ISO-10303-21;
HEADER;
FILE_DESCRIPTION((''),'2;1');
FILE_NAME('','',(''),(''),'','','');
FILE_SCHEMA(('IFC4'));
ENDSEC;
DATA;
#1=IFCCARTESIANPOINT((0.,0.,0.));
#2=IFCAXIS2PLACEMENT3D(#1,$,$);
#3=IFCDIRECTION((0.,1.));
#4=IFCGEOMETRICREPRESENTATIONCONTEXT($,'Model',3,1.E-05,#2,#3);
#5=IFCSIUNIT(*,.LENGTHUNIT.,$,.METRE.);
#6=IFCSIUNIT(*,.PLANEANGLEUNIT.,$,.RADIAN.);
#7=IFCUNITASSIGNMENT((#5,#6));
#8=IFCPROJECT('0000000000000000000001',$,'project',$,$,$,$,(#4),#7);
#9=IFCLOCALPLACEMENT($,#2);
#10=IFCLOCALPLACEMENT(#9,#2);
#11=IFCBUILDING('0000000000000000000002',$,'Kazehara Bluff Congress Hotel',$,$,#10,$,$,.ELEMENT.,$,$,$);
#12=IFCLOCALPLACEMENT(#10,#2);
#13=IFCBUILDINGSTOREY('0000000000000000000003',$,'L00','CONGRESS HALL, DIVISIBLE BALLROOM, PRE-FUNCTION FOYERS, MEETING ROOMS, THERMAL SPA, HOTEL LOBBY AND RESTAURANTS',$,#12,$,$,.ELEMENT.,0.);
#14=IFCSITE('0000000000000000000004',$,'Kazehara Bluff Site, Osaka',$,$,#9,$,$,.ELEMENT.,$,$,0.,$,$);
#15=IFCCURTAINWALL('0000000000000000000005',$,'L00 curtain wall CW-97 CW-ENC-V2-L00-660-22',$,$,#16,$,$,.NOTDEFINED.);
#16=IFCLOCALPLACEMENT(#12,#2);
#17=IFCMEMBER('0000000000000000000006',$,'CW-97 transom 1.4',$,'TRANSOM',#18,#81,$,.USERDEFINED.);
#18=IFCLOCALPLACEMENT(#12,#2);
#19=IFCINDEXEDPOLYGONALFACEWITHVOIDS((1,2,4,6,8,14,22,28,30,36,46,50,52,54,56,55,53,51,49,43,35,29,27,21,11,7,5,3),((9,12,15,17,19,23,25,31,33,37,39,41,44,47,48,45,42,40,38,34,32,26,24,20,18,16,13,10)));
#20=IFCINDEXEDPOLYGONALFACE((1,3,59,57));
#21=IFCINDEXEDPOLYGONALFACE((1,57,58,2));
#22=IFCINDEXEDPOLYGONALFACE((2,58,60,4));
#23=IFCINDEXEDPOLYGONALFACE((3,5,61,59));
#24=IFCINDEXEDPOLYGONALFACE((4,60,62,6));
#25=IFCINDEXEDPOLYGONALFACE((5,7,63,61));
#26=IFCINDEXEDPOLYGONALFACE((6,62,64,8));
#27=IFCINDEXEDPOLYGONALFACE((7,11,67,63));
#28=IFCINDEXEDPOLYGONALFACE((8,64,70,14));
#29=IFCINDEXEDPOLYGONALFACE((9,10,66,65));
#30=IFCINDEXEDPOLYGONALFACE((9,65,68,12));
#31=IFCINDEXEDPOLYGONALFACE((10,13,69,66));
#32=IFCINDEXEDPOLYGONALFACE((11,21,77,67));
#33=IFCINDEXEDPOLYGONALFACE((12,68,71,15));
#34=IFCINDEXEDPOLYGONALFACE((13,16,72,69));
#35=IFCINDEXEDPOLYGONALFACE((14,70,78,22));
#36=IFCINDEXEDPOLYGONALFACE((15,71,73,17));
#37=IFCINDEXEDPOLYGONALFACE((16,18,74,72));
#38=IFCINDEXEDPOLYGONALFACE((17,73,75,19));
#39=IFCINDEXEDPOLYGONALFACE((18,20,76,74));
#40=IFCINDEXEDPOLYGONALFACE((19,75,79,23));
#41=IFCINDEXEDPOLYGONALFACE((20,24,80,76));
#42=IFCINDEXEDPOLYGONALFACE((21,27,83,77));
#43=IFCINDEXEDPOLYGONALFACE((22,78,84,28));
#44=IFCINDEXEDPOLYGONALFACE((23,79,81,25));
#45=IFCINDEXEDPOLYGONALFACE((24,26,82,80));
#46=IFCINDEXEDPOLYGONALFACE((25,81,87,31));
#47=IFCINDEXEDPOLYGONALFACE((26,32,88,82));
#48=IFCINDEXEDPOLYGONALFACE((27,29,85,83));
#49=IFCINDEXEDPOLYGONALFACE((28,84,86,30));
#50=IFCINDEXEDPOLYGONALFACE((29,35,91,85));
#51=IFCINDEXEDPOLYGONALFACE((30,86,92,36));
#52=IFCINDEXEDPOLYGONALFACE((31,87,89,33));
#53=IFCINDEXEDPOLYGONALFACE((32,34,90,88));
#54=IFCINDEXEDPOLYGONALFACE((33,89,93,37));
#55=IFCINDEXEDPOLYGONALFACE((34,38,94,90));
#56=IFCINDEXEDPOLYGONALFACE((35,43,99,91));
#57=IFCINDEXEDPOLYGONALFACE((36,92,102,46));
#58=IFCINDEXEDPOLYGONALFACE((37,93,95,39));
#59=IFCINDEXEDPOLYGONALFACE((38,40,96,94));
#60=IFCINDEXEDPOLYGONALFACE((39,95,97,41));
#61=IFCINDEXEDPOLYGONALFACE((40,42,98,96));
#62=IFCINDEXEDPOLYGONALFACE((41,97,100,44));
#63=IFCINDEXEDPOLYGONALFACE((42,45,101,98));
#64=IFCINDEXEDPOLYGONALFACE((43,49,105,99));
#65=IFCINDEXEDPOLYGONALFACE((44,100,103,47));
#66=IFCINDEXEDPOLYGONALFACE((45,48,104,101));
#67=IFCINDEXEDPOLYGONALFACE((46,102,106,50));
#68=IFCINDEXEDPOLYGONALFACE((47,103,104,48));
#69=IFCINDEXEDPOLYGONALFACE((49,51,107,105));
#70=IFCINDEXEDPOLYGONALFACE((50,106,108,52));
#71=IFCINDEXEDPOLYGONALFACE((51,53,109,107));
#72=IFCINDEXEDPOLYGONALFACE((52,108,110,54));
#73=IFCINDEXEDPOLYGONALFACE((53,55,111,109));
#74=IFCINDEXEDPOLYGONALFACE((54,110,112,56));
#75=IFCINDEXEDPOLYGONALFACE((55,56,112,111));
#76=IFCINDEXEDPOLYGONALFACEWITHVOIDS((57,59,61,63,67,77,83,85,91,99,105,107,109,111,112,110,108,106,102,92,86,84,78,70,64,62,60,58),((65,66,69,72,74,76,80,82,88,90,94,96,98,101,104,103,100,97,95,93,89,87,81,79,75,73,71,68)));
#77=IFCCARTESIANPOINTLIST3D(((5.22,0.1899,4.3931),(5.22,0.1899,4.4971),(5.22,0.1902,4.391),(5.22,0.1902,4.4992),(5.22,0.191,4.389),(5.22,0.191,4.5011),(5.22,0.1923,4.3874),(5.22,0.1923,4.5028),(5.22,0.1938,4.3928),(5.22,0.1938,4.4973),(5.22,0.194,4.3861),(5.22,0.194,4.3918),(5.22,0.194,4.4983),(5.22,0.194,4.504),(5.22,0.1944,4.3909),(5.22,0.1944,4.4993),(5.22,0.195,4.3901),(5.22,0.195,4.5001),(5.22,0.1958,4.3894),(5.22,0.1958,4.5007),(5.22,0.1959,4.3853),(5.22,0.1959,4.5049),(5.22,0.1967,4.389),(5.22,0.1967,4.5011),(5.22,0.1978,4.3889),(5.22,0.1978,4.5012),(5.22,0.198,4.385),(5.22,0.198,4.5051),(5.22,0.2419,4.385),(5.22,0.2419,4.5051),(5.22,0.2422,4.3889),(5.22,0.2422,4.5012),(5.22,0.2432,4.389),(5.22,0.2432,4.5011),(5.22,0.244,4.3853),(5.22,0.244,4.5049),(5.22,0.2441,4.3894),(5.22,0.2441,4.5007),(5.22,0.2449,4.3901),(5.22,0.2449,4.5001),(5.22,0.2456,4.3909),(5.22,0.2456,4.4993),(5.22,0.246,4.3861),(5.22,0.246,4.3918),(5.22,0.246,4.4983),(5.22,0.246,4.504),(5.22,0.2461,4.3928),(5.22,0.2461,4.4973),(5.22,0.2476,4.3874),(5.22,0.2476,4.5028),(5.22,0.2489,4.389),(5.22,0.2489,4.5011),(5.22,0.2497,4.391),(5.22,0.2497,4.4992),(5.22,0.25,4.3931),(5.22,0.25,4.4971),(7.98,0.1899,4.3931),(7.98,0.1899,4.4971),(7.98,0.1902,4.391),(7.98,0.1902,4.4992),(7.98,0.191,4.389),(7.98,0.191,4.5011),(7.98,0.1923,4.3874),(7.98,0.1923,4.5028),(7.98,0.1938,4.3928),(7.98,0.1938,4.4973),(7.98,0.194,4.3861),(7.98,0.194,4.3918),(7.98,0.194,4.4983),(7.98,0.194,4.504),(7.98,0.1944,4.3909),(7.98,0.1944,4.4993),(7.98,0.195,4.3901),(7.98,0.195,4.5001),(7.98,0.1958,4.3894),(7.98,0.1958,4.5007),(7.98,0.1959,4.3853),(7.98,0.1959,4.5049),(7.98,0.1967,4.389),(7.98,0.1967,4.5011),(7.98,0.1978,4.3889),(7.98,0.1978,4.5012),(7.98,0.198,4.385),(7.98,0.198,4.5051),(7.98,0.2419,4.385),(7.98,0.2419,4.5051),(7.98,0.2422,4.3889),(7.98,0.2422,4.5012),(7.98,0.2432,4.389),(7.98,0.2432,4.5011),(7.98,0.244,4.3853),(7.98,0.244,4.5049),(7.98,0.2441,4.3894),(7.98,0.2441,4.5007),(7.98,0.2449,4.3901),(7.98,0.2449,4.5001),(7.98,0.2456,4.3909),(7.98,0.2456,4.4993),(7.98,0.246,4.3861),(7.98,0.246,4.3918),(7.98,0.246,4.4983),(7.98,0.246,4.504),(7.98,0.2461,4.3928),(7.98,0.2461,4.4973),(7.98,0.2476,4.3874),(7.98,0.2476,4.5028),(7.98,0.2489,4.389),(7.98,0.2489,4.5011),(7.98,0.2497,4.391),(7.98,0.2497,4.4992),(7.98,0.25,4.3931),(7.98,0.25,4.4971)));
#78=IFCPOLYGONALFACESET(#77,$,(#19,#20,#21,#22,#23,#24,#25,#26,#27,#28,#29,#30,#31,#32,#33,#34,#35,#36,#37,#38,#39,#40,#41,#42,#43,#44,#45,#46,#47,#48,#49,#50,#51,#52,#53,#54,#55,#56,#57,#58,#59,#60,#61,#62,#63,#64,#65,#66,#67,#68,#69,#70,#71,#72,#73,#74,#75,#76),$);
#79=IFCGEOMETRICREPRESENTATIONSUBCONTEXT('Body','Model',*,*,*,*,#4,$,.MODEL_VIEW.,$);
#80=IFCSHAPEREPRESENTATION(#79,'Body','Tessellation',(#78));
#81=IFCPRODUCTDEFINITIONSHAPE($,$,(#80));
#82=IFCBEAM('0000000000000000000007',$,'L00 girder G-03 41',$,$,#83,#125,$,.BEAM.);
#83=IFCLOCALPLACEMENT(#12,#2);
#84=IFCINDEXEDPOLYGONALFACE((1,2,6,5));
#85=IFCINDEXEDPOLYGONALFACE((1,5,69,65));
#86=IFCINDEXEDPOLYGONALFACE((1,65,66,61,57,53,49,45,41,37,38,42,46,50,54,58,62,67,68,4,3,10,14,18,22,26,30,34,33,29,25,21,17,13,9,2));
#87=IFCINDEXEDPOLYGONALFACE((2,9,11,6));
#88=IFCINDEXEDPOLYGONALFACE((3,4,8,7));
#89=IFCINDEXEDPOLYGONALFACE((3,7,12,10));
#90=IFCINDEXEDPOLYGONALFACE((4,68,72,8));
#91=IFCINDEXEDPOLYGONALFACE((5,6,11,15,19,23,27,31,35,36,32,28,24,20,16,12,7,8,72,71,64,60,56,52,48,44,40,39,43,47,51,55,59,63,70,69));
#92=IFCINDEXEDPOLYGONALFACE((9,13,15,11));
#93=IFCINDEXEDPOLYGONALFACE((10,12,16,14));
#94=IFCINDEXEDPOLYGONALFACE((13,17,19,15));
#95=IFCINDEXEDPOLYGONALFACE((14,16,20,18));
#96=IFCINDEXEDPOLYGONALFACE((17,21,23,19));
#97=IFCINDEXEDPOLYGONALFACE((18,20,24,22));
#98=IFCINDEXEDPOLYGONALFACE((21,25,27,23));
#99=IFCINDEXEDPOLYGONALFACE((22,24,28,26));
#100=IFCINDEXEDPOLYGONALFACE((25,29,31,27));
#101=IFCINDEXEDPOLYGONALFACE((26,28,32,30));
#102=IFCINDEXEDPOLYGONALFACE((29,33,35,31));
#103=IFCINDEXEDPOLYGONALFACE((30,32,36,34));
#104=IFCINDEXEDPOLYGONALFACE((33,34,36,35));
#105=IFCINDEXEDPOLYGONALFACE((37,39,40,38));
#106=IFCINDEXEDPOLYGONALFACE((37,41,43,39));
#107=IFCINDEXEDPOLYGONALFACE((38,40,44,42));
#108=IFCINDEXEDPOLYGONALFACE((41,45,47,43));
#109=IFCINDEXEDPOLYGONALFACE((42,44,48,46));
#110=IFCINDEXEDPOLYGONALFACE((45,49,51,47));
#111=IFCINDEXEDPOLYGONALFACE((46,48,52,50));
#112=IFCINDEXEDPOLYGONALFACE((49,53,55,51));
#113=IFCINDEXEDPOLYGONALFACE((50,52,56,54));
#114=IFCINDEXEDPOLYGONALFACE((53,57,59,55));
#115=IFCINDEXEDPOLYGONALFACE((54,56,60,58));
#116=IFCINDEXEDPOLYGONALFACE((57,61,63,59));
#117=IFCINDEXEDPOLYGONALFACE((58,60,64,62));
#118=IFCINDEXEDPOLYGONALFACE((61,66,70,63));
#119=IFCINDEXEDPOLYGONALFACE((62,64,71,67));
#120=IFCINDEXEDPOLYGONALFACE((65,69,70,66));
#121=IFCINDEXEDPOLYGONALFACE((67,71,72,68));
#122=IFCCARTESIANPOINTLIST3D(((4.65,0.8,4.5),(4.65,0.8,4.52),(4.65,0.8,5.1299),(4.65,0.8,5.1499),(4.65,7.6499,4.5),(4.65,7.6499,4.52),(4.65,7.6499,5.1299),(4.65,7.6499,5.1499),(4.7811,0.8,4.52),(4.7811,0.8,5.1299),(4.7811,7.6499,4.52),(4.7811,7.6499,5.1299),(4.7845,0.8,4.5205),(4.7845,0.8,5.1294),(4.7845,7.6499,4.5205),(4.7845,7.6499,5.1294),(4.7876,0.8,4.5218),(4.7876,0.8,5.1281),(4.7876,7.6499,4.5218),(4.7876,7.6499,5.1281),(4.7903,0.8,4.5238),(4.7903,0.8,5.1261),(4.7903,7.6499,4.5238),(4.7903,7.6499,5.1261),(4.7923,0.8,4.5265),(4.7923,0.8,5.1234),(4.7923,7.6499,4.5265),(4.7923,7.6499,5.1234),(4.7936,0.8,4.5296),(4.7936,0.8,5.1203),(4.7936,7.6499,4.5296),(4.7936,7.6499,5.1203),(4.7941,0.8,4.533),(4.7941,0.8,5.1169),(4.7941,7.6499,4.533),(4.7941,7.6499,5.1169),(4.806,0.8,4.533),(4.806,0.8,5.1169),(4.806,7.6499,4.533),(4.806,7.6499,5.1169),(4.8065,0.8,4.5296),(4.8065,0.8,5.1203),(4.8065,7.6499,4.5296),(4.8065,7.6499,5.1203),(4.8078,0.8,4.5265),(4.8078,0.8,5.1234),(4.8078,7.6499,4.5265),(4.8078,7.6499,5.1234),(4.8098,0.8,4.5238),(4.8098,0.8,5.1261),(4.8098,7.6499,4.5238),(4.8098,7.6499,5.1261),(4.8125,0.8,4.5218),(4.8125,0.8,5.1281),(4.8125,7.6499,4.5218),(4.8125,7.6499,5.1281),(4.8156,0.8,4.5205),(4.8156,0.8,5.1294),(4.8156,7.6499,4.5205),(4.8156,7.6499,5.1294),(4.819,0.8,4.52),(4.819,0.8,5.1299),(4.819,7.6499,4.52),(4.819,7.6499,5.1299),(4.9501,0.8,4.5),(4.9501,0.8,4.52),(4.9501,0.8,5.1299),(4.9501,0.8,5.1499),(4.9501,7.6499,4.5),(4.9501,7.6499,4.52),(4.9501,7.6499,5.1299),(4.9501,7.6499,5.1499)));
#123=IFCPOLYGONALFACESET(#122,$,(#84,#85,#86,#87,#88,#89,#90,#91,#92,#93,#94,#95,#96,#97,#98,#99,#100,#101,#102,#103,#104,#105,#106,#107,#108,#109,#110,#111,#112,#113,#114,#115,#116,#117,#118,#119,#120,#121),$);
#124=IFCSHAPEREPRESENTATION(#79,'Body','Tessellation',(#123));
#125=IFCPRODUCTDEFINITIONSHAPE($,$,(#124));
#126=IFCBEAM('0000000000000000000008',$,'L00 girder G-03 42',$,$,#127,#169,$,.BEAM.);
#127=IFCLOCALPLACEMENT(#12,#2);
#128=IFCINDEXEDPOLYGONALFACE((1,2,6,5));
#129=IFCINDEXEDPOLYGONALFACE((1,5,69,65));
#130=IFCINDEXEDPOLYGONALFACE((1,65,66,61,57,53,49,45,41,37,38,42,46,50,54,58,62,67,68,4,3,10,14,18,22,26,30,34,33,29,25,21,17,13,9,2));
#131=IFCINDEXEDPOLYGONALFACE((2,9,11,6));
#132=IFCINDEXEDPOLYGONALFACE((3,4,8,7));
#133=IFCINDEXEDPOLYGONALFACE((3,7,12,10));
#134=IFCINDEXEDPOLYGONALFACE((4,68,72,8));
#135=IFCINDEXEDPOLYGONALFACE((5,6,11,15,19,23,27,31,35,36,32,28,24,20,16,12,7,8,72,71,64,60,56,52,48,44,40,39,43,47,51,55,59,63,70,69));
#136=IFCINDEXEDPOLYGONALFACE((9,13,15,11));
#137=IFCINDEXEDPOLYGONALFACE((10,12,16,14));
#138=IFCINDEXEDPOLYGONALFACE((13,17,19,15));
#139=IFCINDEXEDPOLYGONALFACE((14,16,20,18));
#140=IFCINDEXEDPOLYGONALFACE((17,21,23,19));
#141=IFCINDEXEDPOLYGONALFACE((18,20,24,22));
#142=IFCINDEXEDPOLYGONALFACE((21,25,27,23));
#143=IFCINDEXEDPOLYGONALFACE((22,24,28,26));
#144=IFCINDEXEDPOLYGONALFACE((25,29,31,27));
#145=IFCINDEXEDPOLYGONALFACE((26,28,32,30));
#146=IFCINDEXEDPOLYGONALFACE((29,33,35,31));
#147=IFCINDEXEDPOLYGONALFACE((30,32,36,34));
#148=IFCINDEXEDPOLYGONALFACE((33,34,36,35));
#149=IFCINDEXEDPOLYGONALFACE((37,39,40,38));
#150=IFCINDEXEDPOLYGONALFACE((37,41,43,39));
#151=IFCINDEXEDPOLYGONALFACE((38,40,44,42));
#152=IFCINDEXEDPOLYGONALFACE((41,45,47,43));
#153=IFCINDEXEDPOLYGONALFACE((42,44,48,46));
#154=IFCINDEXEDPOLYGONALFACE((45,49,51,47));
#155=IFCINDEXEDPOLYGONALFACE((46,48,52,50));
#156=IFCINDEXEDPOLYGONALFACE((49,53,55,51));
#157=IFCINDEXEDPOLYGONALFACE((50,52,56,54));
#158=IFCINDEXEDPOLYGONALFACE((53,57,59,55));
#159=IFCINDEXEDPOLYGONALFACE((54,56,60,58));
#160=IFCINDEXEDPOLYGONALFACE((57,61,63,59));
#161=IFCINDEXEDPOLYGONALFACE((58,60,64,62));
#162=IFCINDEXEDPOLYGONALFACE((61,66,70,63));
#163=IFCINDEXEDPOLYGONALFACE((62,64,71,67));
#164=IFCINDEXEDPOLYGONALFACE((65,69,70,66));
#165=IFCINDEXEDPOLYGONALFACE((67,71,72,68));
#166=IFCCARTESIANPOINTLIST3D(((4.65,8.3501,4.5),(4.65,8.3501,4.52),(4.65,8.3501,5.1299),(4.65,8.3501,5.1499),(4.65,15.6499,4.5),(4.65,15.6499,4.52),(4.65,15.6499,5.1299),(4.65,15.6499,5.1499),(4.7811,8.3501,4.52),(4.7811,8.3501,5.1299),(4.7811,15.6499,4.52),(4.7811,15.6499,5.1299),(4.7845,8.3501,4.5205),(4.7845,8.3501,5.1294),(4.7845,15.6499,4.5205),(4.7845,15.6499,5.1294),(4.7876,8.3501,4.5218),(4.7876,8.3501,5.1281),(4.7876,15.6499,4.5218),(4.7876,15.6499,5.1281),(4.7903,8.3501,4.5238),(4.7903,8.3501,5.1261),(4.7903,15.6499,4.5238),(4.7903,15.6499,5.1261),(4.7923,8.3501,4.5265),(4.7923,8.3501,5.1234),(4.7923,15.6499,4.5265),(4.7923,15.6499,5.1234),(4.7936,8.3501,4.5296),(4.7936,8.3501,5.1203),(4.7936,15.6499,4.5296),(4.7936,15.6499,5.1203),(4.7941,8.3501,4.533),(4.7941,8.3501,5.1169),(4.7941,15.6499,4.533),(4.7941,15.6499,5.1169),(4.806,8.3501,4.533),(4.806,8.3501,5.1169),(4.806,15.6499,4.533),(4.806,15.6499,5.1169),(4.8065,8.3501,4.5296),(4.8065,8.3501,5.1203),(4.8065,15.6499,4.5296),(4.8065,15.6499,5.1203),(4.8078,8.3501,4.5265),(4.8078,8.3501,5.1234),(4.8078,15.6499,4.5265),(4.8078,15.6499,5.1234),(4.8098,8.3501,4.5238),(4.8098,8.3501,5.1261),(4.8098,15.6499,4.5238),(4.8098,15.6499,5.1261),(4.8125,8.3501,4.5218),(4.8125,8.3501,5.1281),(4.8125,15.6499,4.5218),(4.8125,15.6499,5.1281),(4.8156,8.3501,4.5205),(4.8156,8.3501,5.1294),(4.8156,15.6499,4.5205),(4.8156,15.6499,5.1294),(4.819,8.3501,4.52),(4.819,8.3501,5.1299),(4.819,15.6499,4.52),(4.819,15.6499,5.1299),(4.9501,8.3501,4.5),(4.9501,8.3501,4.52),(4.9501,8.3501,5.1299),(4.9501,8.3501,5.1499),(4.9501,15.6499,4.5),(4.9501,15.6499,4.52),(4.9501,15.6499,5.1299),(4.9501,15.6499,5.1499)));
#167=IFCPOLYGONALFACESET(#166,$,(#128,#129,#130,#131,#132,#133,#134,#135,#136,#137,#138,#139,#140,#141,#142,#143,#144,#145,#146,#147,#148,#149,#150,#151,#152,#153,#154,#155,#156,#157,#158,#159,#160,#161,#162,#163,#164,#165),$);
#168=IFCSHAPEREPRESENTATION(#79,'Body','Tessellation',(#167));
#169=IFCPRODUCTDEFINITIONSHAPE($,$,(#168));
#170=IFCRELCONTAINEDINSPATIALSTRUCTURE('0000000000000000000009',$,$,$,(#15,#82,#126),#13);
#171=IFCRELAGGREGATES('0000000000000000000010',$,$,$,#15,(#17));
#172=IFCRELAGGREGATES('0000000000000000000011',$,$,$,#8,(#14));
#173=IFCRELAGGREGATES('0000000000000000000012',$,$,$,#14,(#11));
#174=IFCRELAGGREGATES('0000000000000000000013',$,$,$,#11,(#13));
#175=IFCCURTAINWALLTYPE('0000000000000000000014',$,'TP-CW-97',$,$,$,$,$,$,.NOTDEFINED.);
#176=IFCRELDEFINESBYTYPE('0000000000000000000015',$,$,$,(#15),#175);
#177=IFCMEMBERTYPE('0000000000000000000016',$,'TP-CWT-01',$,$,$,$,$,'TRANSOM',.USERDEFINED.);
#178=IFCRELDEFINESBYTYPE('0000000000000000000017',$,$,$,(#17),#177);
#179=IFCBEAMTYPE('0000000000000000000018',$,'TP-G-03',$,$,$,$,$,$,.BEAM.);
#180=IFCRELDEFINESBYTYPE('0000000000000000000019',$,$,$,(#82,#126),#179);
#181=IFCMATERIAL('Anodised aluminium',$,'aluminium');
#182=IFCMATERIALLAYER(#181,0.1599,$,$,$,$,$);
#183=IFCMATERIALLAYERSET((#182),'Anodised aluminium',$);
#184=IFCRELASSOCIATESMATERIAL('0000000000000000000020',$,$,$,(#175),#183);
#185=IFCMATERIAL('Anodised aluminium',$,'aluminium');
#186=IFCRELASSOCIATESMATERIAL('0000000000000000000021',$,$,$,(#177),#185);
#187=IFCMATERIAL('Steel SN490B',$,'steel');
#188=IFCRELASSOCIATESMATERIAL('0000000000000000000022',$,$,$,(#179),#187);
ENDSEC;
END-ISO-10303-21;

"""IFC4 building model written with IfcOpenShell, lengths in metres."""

from ifc_helpers import new_model, si_unit, direction, frame, origin, origin_2d, place, context, subcontext, project, spatial, hollow_rectangle, i_section, extrude, material, layer, layer_set, material_profile, profile_set, type_object, element, aggregate, save


model = new_model("IFC4")

# Units and contexts
model_context = context("Model", 3, precision=1e-05, world=origin(), true_north=direction((0.0, 1.0)))
body_context = subcontext(model_context, "Body", "Model", "MODEL_VIEW")
ifc_project = project(units=[si_unit("LENGTHUNIT", "METRE"), si_unit("PLANEANGLEUNIT", "RADIAN")], contexts=[model_context])

# Site, building, storey
site_placement = place(None, origin())
site = spatial("IfcSite", under=ifc_project, at=site_placement, Name="Kazehara Bluff Site, Osaka", CompositionType="ELEMENT", RefElevation=0.0)
building_placement = place(site_placement, origin())
building = spatial("IfcBuilding", under=site, at=building_placement, Name="Kazehara Bluff Congress Hotel", CompositionType="ELEMENT")
storey_placement = place(building_placement, origin())
storey = spatial("IfcBuildingStorey", under=building, at=storey_placement, Name="L00", Description="CONGRESS HALL, DIVISIBLE BALLROOM, PRE-FUNCTION FOYERS, MEETING ROOMS, THERMAL SPA, HOTEL LOBBY AND RESTAURANTS", CompositionType="ELEMENT", Elevation=0.0)

# Curtain wall, member
ifc_material_1 = material(Name="Anodised aluminium", Category="aluminium")
ifc_layer_1 = layer(ifc_material_1, 0.1599)
ifc_layer_set_1 = layer_set([ifc_layer_1], Name="Anodised aluminium")
curtain_wall_type = type_object("IfcCurtainWallType", Name="TP-CW-97", PredefinedType="NOTDEFINED", material=ifc_layer_set_1)
curtain_wall_placement = place(storey_placement, origin())
curtain_wall = element("IfcCurtainWall", 1, at=curtain_wall_placement, inside=storey, type_object=curtain_wall_type, Name="L00 curtain wall CW-97 CW-ENC-V2-L00-660-22", PredefinedType="NOTDEFINED")
ifc_material_2 = material(Name="Anodised aluminium", Category="aluminium")
ifc_material_profile_1 = material_profile(ifc_material_2, hollow_rectangle(XDim=0.0601, YDim=0.1201, WallThickness=0.0039, InnerFilletRadius=0.0039, OuterFilletRadius=0.0081, at=origin_2d()))
ifc_profile_set_1 = profile_set([ifc_material_profile_1], Name="Anodised aluminium")
member_type_1 = type_object("IfcMemberType", Name="TP-CWT-01", ElementType="TRANSOM", PredefinedType="USERDEFINED", material=ifc_profile_set_1)
member_1_placement = place(storey_placement, frame((7.98, 0.22, 4.4451), z_axis=(-1.0, 0.0, 0.0), x_axis=(0.0, -1.0, 0.0)))
member_1 = element("IfcMember", 2, at=member_1_placement, type_object=member_type_1, Name="CW-97 transom 1.4", ObjectType="TRANSOM", PredefinedType="USERDEFINED", context=body_context, shape_type="SweptSolid", body=[
    extrude(hollow_rectangle(XDim=0.0601, YDim=0.1201, WallThickness=0.0039, InnerFilletRadius=0.0039, OuterFilletRadius=0.0081, at=origin_2d()), origin(), (0.0, 0.0, 1.0), 2.76),
])

# Beams
ifc_material_3 = material(Name="Steel SN490B", Category="steel")
ifc_material_profile_2 = material_profile(ifc_material_3, i_section(OverallWidth=0.3, OverallDepth=0.6499, WebThickness=0.012, FlangeThickness=0.02, FilletRadius=0.0129, at=origin_2d()))
ifc_profile_set_2 = profile_set([ifc_material_profile_2], Name="Steel SN490B")
beam_type = type_object("IfcBeamType", Name="TP-G-03", PredefinedType="BEAM", material=ifc_profile_set_2)
beam_1_placement = place(storey_placement, frame((4.8, 0.8, 4.825), z_axis=(0.0, 1.0, 0.0), x_axis=(-1.0, 0.0, 0.0)))
element("IfcBeam", 3, at=beam_1_placement, inside=storey, type_object=beam_type, Name="L00 girder G-03 41", PredefinedType="BEAM", context=body_context, shape_type="SweptSolid", body=[
    extrude(i_section(OverallWidth=0.3, OverallDepth=0.6499, WebThickness=0.012, FlangeThickness=0.02, FilletRadius=0.0129, at=origin_2d()), origin(), (0.0, 0.0, 1.0), 6.8499),
])
beam_2_placement = place(storey_placement, frame((4.8, 8.3501, 4.825), z_axis=(0.0, 1.0, 0.0), x_axis=(-1.0, 0.0, 0.0)))
element("IfcBeam", 4, at=beam_2_placement, inside=storey, type_object=beam_type, Name="L00 girder G-03 42", PredefinedType="BEAM", context=body_context, shape_type="SweptSolid", body=[
    extrude(i_section(OverallWidth=0.3, OverallDepth=0.6499, WebThickness=0.012, FlangeThickness=0.02, FilletRadius=0.0129, at=origin_2d()), origin(), (0.0, 0.0, 1.0), 7.2998),
])

aggregate(curtain_wall, [member_1])

save(model, "model.ifc")
